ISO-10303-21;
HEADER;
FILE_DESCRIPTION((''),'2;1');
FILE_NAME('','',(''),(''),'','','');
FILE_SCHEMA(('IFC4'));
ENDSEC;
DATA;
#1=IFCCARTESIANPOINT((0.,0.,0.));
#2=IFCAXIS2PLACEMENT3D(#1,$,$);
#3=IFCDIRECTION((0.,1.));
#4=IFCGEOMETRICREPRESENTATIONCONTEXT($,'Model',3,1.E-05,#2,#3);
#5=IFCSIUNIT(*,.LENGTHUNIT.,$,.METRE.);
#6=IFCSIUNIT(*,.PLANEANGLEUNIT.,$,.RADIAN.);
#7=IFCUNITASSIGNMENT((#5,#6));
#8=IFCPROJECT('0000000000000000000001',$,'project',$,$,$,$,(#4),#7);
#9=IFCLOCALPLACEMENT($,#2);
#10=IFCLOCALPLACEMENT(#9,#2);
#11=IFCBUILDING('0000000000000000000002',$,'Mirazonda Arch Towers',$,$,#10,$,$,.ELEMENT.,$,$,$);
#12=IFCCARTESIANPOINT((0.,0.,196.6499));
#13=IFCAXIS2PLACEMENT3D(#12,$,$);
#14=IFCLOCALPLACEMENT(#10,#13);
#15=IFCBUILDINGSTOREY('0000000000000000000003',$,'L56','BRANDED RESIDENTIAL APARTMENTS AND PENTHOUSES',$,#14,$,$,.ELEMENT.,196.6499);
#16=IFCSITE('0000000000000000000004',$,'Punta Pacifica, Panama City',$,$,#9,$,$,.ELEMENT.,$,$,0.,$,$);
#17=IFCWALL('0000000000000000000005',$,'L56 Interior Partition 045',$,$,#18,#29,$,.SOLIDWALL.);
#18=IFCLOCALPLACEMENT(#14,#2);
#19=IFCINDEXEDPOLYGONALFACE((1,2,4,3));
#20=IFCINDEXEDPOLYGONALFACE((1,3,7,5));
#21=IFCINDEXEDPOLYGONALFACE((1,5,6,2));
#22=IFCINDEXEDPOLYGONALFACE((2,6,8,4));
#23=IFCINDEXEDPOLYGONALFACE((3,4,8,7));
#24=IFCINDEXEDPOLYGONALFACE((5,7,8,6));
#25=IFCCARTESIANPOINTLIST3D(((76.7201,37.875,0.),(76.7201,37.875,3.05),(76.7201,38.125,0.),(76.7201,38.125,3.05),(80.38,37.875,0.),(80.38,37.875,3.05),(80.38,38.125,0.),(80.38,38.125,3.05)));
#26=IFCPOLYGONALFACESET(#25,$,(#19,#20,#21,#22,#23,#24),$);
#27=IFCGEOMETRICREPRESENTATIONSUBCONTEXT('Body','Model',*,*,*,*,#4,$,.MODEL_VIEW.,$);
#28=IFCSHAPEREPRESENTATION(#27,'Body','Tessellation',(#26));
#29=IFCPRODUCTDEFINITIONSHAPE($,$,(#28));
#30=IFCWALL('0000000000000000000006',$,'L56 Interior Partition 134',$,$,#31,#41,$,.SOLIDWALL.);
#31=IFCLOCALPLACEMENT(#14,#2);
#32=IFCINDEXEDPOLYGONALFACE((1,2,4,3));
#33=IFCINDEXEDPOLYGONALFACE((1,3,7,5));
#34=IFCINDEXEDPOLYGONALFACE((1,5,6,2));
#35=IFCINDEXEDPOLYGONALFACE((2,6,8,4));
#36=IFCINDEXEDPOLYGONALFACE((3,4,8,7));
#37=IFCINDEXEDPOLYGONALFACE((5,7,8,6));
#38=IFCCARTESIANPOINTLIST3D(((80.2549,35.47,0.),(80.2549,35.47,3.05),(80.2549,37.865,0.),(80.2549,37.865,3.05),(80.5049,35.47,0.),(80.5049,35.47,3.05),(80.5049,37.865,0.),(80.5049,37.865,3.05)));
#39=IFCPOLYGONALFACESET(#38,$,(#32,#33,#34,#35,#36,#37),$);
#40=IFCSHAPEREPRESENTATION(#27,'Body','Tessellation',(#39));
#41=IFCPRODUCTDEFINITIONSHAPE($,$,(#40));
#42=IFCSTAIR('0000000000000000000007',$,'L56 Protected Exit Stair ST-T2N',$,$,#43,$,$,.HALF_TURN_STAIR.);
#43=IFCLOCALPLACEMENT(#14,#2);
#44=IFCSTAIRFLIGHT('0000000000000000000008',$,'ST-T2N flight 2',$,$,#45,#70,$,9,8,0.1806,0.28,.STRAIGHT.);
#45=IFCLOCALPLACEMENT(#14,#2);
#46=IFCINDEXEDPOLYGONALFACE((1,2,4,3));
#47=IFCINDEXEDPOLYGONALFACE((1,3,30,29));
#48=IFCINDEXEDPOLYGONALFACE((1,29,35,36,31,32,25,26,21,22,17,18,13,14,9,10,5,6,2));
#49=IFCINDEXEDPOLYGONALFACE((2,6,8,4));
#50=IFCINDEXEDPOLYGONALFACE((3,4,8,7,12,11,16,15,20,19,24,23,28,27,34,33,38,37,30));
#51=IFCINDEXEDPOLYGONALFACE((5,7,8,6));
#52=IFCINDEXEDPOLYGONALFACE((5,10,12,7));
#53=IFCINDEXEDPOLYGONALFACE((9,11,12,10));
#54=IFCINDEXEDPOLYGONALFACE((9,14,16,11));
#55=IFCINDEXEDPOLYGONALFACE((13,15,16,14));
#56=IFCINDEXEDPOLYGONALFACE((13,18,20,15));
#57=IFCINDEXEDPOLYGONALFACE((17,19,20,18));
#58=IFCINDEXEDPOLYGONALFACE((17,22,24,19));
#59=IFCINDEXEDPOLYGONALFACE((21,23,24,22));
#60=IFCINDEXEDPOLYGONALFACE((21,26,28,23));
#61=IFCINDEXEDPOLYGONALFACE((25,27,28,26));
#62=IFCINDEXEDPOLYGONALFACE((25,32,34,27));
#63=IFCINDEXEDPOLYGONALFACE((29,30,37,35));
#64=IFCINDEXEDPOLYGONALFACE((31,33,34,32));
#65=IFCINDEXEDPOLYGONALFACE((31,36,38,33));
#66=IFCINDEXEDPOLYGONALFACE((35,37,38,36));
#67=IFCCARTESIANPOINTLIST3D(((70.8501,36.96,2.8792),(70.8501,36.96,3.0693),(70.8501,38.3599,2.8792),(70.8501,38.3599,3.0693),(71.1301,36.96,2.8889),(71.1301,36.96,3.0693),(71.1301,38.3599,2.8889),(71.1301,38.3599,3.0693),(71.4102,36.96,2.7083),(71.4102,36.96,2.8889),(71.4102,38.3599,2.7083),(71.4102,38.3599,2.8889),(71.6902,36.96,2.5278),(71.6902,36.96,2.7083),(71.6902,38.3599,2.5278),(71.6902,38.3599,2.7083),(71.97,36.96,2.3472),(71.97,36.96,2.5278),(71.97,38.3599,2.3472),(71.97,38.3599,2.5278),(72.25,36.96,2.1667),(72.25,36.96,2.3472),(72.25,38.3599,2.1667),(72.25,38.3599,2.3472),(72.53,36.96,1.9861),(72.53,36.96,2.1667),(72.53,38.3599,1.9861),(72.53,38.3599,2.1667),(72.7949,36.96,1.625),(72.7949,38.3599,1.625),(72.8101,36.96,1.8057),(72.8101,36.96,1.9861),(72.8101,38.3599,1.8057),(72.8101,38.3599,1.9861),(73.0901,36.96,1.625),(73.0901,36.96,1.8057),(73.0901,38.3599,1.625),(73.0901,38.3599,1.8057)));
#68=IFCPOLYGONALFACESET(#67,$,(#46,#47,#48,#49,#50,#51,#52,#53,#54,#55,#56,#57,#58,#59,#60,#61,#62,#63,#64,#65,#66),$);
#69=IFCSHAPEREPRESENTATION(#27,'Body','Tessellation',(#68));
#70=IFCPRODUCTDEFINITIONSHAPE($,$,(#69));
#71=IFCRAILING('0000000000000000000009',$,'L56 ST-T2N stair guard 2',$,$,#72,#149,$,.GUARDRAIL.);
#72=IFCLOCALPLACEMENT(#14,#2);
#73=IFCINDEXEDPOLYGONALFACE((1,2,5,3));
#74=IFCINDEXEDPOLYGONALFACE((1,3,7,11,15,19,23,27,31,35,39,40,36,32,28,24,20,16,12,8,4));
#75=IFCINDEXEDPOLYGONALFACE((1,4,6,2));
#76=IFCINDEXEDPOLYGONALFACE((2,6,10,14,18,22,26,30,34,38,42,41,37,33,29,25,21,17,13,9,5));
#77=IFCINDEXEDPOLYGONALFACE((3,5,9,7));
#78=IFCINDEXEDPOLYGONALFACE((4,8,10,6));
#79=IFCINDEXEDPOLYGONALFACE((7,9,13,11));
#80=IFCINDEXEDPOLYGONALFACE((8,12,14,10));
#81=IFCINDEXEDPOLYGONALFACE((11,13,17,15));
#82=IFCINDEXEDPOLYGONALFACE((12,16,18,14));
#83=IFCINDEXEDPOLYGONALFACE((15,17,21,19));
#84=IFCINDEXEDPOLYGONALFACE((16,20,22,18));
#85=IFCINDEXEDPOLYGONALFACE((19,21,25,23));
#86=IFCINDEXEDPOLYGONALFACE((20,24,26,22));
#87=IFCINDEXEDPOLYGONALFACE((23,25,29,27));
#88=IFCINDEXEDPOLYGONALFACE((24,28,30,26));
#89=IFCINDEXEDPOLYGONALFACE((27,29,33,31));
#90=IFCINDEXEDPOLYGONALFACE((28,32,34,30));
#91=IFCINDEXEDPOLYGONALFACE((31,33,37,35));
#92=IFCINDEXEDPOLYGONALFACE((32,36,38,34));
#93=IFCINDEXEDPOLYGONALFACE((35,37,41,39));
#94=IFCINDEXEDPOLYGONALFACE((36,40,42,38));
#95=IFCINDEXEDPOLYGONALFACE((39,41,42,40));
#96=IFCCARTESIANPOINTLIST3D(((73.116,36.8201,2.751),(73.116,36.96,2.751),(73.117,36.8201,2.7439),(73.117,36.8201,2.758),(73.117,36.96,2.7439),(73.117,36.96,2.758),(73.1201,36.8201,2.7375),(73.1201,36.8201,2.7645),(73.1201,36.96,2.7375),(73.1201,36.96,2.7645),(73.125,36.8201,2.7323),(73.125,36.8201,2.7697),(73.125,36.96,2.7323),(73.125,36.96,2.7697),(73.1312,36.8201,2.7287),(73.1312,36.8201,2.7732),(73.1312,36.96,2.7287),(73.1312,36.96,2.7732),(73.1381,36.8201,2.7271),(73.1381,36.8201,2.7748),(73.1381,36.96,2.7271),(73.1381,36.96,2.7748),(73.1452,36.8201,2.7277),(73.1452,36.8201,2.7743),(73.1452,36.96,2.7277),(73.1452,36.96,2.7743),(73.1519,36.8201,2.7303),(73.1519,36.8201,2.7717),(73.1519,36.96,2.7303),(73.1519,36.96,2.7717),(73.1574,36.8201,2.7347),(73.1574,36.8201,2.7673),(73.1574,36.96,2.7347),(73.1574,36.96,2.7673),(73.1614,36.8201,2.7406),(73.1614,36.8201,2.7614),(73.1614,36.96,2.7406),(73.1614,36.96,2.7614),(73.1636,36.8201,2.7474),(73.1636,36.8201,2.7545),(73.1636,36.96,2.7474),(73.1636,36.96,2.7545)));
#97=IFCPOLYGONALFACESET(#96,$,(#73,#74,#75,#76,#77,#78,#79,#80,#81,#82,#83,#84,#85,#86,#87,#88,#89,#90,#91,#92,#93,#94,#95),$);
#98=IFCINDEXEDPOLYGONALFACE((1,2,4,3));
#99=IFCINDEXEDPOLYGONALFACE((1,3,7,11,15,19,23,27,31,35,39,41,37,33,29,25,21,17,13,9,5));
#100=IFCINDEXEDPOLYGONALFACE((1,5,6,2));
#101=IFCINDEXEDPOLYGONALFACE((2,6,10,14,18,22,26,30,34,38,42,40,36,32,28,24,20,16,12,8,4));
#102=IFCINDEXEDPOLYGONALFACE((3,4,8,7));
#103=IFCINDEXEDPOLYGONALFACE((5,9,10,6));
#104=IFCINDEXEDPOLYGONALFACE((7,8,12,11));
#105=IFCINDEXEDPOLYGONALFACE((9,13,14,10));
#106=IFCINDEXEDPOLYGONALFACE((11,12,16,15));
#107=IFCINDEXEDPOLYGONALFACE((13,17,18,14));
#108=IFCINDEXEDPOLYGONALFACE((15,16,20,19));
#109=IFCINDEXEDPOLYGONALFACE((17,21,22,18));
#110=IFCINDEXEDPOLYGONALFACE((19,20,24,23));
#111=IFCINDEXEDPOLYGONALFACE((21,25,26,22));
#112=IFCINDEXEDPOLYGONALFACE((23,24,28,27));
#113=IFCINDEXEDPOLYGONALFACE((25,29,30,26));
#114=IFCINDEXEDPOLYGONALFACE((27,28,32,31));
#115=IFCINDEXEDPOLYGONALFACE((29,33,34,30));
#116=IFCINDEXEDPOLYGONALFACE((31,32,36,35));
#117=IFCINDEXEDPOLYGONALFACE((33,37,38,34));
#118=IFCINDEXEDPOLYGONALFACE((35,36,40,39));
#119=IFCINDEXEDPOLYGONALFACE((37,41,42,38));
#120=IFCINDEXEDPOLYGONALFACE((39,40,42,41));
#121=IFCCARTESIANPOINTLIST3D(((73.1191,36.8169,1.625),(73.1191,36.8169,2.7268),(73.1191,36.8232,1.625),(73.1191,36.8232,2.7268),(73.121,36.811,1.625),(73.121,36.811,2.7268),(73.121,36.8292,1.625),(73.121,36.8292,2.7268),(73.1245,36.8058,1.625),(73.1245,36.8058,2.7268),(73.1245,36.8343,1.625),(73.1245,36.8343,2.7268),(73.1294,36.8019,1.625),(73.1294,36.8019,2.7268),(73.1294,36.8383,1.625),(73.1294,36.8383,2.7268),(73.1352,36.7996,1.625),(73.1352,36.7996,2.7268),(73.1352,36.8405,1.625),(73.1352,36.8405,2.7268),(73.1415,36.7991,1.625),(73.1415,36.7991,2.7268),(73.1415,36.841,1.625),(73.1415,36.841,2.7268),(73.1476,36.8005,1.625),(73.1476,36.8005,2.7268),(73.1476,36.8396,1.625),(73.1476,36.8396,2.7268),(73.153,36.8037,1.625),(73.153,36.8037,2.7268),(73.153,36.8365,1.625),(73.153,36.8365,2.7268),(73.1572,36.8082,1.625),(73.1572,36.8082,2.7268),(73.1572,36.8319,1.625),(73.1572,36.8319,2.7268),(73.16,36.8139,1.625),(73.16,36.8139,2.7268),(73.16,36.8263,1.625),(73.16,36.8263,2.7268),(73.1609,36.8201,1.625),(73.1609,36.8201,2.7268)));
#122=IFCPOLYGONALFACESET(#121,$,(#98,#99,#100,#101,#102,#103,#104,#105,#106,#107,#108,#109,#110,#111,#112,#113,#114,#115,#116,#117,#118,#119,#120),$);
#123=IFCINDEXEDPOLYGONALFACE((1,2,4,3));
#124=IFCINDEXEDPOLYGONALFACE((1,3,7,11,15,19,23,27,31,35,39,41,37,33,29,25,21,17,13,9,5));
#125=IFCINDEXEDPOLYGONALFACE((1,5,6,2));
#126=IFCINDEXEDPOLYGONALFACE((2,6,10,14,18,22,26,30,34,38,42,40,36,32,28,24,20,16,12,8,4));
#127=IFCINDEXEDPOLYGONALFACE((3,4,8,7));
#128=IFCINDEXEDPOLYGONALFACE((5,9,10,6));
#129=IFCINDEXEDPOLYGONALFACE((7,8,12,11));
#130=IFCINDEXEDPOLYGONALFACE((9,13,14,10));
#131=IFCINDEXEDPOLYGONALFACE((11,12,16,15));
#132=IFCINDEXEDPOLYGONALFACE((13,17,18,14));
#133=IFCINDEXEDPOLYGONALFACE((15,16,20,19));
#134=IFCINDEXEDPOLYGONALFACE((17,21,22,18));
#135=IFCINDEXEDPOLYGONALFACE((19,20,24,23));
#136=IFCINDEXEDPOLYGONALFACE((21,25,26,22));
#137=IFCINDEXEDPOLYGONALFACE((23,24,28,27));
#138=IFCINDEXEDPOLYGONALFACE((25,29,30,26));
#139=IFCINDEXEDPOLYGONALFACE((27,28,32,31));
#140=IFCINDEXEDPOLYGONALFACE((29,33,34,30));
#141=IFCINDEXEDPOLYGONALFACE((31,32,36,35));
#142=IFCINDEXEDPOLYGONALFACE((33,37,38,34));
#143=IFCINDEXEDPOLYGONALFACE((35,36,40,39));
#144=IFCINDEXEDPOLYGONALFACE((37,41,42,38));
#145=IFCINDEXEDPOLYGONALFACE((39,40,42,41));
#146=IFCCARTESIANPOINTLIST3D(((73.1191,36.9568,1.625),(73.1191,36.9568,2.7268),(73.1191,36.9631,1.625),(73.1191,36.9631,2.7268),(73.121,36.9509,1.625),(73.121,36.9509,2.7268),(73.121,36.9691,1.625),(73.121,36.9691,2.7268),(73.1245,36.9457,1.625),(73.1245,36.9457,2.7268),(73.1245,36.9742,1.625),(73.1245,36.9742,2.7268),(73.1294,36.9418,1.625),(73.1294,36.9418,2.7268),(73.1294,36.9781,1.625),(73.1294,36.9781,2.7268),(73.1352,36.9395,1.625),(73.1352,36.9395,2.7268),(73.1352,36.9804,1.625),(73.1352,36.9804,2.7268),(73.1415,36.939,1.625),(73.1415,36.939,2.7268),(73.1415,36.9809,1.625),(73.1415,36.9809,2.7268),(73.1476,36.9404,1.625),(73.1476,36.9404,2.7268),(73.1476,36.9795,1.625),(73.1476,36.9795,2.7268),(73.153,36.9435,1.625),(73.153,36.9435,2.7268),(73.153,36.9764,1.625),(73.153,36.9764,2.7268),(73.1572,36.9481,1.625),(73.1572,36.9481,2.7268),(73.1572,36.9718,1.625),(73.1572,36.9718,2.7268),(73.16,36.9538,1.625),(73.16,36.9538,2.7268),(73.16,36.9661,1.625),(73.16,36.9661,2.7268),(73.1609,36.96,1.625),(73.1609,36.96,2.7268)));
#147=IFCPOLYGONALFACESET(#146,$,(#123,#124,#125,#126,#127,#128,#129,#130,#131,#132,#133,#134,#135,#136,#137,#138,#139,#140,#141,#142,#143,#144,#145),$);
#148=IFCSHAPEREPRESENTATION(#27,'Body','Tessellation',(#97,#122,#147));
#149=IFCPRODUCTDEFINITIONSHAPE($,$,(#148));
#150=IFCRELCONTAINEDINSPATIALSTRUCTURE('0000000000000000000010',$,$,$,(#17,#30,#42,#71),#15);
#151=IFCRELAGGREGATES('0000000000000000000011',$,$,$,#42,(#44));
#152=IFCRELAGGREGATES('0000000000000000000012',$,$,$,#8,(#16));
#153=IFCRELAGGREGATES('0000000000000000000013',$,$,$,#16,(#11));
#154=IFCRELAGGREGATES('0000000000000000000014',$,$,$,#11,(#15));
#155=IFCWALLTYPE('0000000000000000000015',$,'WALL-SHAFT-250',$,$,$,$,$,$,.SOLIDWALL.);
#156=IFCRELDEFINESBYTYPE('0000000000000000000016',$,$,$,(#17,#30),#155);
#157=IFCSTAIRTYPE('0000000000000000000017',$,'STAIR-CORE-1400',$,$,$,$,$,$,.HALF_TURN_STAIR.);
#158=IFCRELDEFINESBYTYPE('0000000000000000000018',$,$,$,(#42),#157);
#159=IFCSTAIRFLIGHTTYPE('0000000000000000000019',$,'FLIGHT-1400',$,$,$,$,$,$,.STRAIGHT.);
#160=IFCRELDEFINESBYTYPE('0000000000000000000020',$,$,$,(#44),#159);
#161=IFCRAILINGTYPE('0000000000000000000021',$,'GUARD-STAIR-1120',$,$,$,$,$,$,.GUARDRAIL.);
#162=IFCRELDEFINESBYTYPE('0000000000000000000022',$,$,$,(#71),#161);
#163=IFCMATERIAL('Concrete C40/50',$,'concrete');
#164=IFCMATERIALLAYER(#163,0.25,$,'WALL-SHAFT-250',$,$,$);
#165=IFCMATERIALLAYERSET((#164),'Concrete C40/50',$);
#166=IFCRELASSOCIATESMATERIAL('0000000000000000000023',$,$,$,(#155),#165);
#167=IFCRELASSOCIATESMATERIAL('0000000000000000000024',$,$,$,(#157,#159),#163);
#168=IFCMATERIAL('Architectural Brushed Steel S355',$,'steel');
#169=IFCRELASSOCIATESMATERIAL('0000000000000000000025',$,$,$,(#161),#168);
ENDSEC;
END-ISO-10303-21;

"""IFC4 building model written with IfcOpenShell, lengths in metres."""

from ifc_helpers import new_model, si_unit, direction, frame, frame_2d, origin, origin_2d, place, context, subcontext, project, spatial, polyline, rectangle, circle, outline, extrude, material, layer, layer_set, type_object, element, aggregate, save


model = new_model("IFC4")

# Units and contexts
model_context = context("Model", 3, precision=1e-05, world=origin(), true_north=direction((0.0, 1.0)))
body_context = subcontext(model_context, "Body", "Model", "MODEL_VIEW")
ifc_project = project(units=[si_unit("LENGTHUNIT", "METRE"), si_unit("PLANEANGLEUNIT", "RADIAN")], contexts=[model_context])

# Site, building, storey
site_placement = place(None, origin())
site = spatial("IfcSite", under=ifc_project, at=site_placement, Name="Punta Pacifica, Panama City", CompositionType="ELEMENT", RefElevation=0.0)
building_placement = place(site_placement, origin())
building = spatial("IfcBuilding", under=site, at=building_placement, Name="Mirazonda Arch Towers", CompositionType="ELEMENT")
storey_placement = place(building_placement, frame((0.0, 0.0, 196.6499)))
storey = spatial("IfcBuildingStorey", under=building, at=storey_placement, Name="L56", Description="BRANDED RESIDENTIAL APARTMENTS AND PENTHOUSES", CompositionType="ELEMENT", Elevation=196.6499)

# Shared definitions
ifc_material_1 = material(Name="Concrete C40/50", Category="concrete")

# Shared definitions
ifc_material_2 = material(Name="Architectural Brushed Steel S355", Category="steel")

# Walls
ifc_layer_1 = layer(ifc_material_1, 0.25, Name="WALL-SHAFT-250")
ifc_layer_set_1 = layer_set([ifc_layer_1], Name="Concrete C40/50")
wall_type_1 = type_object("IfcWallType", Name="WALL-SHAFT-250", PredefinedType="SOLIDWALL", material=ifc_layer_set_1)
wall_1_placement = place(storey_placement, frame((76.72, 38.0, 0.0), z_axis=(0.0, 0.0, 1.0), x_axis=(1.0, 0.0, 0.0)))
element("IfcWall", 1, at=wall_1_placement, inside=storey, type_object=wall_type_1, Name="L56 Interior Partition 045", PredefinedType="SOLIDWALL", context=body_context, shape_type="SweptSolid", body=[
    extrude(rectangle(XDim=3.6599, YDim=0.25, at=frame_2d((1.8301, 0.0))), origin(), (0.0, 0.0, 1.0), 3.05),
])
wall_2_placement = place(storey_placement, frame((80.3799, 35.47, 0.0), z_axis=(0.0, 0.0, 1.0), x_axis=(0.0, 1.0, 0.0)))
element("IfcWall", 2, at=wall_2_placement, inside=storey, type_object=wall_type_1, Name="L56 Interior Partition 134", PredefinedType="SOLIDWALL", context=body_context, shape_type="SweptSolid", body=[
    extrude(rectangle(XDim=2.395, YDim=0.25, at=frame_2d((1.1975, 0.0))), origin(), (0.0, 0.0, 1.0), 3.05),
])

# Stair, stair flight
stair_type = type_object("IfcStairType", Name="STAIR-CORE-1400", PredefinedType="HALF_TURN_STAIR", material=ifc_material_1)
stair_placement = place(storey_placement, origin())
stair = element("IfcStair", 3, at=stair_placement, inside=storey, type_object=stair_type, Name="L56 Protected Exit Stair ST-T2N", PredefinedType="HALF_TURN_STAIR")
stair_flight_type = type_object("IfcStairFlightType", Name="FLIGHT-1400", PredefinedType="STRAIGHT", material=ifc_material_1)
stair_flight_placement = place(storey_placement, frame((73.0901, 37.6599, 1.625), z_axis=(0.0, 0.0, 1.0), x_axis=(-1.0, 0.0, 0.0)))
stair_flight = element("IfcStairFlight", 4, at=stair_flight_placement, type_object=stair_flight_type, Name="ST-T2N flight 2", NumberOfRisers=9, NumberOfTreads=8, PredefinedType="STRAIGHT", RiserHeight=0.1806, TreadLength=0.28, context=body_context, shape_type="SweptSolid", body=[
    extrude(outline(polyline([(0.0, 0.0), (0.0, 0.1807), (0.28, 0.1807), (0.28, 0.3611), (0.5601, 0.3611), (0.5601, 0.5417), (0.8401, 0.5417), (0.8401, 0.7222), (1.1201, 0.7222), (1.1201, 0.9028), (1.3999, 0.9028), (1.3999, 1.0833), (1.6799, 1.0833), (1.6799, 1.2639), (1.96, 1.2639), (1.96, 1.4443), (2.24, 1.4443), (2.24, 1.625), (2.24, 1.2542), (0.2952, 0.0), (0.0, 0.0)])), frame((0.0, 0.7, 0.0), z_axis=(0.0, -1.0, 0.0), x_axis=(1.0, 0.0, 0.0)), (0.0, 0.0, 1.0), 1.3999),
])
aggregate(stair, [stair_flight])

# Railing
railing_type_1 = type_object("IfcRailingType", Name="GUARD-STAIR-1120", PredefinedType="GUARDRAIL", material=ifc_material_2)
railing_1_placement = place(storey_placement, frame((73.1399, 36.8201, 1.625)))
element("IfcRailing", 5, at=railing_1_placement, inside=storey, type_object=railing_type_1, Name="L56 ST-T2N stair guard 2", PredefinedType="GUARDRAIL", context=body_context, shape_type="SweptSolid", body=[
    extrude(circle(Radius=0.0239, at=origin_2d()), frame((0.0, 0.0, 1.126), z_axis=(0.0, 1.0, 0.0), x_axis=(-1.0, 0.0, 0.0)), (0.0, 0.0, 1.0), 0.1399),
    extrude(circle(Radius=0.021, at=origin_2d()), origin(), (0.0, 0.0, 1.0), 1.1018),
    extrude(circle(Radius=0.021, at=origin_2d()), frame((0.0, 0.1399, 0.0)), (0.0, 0.0, 1.0), 1.1018),
])

save(model, "model.ifc")
